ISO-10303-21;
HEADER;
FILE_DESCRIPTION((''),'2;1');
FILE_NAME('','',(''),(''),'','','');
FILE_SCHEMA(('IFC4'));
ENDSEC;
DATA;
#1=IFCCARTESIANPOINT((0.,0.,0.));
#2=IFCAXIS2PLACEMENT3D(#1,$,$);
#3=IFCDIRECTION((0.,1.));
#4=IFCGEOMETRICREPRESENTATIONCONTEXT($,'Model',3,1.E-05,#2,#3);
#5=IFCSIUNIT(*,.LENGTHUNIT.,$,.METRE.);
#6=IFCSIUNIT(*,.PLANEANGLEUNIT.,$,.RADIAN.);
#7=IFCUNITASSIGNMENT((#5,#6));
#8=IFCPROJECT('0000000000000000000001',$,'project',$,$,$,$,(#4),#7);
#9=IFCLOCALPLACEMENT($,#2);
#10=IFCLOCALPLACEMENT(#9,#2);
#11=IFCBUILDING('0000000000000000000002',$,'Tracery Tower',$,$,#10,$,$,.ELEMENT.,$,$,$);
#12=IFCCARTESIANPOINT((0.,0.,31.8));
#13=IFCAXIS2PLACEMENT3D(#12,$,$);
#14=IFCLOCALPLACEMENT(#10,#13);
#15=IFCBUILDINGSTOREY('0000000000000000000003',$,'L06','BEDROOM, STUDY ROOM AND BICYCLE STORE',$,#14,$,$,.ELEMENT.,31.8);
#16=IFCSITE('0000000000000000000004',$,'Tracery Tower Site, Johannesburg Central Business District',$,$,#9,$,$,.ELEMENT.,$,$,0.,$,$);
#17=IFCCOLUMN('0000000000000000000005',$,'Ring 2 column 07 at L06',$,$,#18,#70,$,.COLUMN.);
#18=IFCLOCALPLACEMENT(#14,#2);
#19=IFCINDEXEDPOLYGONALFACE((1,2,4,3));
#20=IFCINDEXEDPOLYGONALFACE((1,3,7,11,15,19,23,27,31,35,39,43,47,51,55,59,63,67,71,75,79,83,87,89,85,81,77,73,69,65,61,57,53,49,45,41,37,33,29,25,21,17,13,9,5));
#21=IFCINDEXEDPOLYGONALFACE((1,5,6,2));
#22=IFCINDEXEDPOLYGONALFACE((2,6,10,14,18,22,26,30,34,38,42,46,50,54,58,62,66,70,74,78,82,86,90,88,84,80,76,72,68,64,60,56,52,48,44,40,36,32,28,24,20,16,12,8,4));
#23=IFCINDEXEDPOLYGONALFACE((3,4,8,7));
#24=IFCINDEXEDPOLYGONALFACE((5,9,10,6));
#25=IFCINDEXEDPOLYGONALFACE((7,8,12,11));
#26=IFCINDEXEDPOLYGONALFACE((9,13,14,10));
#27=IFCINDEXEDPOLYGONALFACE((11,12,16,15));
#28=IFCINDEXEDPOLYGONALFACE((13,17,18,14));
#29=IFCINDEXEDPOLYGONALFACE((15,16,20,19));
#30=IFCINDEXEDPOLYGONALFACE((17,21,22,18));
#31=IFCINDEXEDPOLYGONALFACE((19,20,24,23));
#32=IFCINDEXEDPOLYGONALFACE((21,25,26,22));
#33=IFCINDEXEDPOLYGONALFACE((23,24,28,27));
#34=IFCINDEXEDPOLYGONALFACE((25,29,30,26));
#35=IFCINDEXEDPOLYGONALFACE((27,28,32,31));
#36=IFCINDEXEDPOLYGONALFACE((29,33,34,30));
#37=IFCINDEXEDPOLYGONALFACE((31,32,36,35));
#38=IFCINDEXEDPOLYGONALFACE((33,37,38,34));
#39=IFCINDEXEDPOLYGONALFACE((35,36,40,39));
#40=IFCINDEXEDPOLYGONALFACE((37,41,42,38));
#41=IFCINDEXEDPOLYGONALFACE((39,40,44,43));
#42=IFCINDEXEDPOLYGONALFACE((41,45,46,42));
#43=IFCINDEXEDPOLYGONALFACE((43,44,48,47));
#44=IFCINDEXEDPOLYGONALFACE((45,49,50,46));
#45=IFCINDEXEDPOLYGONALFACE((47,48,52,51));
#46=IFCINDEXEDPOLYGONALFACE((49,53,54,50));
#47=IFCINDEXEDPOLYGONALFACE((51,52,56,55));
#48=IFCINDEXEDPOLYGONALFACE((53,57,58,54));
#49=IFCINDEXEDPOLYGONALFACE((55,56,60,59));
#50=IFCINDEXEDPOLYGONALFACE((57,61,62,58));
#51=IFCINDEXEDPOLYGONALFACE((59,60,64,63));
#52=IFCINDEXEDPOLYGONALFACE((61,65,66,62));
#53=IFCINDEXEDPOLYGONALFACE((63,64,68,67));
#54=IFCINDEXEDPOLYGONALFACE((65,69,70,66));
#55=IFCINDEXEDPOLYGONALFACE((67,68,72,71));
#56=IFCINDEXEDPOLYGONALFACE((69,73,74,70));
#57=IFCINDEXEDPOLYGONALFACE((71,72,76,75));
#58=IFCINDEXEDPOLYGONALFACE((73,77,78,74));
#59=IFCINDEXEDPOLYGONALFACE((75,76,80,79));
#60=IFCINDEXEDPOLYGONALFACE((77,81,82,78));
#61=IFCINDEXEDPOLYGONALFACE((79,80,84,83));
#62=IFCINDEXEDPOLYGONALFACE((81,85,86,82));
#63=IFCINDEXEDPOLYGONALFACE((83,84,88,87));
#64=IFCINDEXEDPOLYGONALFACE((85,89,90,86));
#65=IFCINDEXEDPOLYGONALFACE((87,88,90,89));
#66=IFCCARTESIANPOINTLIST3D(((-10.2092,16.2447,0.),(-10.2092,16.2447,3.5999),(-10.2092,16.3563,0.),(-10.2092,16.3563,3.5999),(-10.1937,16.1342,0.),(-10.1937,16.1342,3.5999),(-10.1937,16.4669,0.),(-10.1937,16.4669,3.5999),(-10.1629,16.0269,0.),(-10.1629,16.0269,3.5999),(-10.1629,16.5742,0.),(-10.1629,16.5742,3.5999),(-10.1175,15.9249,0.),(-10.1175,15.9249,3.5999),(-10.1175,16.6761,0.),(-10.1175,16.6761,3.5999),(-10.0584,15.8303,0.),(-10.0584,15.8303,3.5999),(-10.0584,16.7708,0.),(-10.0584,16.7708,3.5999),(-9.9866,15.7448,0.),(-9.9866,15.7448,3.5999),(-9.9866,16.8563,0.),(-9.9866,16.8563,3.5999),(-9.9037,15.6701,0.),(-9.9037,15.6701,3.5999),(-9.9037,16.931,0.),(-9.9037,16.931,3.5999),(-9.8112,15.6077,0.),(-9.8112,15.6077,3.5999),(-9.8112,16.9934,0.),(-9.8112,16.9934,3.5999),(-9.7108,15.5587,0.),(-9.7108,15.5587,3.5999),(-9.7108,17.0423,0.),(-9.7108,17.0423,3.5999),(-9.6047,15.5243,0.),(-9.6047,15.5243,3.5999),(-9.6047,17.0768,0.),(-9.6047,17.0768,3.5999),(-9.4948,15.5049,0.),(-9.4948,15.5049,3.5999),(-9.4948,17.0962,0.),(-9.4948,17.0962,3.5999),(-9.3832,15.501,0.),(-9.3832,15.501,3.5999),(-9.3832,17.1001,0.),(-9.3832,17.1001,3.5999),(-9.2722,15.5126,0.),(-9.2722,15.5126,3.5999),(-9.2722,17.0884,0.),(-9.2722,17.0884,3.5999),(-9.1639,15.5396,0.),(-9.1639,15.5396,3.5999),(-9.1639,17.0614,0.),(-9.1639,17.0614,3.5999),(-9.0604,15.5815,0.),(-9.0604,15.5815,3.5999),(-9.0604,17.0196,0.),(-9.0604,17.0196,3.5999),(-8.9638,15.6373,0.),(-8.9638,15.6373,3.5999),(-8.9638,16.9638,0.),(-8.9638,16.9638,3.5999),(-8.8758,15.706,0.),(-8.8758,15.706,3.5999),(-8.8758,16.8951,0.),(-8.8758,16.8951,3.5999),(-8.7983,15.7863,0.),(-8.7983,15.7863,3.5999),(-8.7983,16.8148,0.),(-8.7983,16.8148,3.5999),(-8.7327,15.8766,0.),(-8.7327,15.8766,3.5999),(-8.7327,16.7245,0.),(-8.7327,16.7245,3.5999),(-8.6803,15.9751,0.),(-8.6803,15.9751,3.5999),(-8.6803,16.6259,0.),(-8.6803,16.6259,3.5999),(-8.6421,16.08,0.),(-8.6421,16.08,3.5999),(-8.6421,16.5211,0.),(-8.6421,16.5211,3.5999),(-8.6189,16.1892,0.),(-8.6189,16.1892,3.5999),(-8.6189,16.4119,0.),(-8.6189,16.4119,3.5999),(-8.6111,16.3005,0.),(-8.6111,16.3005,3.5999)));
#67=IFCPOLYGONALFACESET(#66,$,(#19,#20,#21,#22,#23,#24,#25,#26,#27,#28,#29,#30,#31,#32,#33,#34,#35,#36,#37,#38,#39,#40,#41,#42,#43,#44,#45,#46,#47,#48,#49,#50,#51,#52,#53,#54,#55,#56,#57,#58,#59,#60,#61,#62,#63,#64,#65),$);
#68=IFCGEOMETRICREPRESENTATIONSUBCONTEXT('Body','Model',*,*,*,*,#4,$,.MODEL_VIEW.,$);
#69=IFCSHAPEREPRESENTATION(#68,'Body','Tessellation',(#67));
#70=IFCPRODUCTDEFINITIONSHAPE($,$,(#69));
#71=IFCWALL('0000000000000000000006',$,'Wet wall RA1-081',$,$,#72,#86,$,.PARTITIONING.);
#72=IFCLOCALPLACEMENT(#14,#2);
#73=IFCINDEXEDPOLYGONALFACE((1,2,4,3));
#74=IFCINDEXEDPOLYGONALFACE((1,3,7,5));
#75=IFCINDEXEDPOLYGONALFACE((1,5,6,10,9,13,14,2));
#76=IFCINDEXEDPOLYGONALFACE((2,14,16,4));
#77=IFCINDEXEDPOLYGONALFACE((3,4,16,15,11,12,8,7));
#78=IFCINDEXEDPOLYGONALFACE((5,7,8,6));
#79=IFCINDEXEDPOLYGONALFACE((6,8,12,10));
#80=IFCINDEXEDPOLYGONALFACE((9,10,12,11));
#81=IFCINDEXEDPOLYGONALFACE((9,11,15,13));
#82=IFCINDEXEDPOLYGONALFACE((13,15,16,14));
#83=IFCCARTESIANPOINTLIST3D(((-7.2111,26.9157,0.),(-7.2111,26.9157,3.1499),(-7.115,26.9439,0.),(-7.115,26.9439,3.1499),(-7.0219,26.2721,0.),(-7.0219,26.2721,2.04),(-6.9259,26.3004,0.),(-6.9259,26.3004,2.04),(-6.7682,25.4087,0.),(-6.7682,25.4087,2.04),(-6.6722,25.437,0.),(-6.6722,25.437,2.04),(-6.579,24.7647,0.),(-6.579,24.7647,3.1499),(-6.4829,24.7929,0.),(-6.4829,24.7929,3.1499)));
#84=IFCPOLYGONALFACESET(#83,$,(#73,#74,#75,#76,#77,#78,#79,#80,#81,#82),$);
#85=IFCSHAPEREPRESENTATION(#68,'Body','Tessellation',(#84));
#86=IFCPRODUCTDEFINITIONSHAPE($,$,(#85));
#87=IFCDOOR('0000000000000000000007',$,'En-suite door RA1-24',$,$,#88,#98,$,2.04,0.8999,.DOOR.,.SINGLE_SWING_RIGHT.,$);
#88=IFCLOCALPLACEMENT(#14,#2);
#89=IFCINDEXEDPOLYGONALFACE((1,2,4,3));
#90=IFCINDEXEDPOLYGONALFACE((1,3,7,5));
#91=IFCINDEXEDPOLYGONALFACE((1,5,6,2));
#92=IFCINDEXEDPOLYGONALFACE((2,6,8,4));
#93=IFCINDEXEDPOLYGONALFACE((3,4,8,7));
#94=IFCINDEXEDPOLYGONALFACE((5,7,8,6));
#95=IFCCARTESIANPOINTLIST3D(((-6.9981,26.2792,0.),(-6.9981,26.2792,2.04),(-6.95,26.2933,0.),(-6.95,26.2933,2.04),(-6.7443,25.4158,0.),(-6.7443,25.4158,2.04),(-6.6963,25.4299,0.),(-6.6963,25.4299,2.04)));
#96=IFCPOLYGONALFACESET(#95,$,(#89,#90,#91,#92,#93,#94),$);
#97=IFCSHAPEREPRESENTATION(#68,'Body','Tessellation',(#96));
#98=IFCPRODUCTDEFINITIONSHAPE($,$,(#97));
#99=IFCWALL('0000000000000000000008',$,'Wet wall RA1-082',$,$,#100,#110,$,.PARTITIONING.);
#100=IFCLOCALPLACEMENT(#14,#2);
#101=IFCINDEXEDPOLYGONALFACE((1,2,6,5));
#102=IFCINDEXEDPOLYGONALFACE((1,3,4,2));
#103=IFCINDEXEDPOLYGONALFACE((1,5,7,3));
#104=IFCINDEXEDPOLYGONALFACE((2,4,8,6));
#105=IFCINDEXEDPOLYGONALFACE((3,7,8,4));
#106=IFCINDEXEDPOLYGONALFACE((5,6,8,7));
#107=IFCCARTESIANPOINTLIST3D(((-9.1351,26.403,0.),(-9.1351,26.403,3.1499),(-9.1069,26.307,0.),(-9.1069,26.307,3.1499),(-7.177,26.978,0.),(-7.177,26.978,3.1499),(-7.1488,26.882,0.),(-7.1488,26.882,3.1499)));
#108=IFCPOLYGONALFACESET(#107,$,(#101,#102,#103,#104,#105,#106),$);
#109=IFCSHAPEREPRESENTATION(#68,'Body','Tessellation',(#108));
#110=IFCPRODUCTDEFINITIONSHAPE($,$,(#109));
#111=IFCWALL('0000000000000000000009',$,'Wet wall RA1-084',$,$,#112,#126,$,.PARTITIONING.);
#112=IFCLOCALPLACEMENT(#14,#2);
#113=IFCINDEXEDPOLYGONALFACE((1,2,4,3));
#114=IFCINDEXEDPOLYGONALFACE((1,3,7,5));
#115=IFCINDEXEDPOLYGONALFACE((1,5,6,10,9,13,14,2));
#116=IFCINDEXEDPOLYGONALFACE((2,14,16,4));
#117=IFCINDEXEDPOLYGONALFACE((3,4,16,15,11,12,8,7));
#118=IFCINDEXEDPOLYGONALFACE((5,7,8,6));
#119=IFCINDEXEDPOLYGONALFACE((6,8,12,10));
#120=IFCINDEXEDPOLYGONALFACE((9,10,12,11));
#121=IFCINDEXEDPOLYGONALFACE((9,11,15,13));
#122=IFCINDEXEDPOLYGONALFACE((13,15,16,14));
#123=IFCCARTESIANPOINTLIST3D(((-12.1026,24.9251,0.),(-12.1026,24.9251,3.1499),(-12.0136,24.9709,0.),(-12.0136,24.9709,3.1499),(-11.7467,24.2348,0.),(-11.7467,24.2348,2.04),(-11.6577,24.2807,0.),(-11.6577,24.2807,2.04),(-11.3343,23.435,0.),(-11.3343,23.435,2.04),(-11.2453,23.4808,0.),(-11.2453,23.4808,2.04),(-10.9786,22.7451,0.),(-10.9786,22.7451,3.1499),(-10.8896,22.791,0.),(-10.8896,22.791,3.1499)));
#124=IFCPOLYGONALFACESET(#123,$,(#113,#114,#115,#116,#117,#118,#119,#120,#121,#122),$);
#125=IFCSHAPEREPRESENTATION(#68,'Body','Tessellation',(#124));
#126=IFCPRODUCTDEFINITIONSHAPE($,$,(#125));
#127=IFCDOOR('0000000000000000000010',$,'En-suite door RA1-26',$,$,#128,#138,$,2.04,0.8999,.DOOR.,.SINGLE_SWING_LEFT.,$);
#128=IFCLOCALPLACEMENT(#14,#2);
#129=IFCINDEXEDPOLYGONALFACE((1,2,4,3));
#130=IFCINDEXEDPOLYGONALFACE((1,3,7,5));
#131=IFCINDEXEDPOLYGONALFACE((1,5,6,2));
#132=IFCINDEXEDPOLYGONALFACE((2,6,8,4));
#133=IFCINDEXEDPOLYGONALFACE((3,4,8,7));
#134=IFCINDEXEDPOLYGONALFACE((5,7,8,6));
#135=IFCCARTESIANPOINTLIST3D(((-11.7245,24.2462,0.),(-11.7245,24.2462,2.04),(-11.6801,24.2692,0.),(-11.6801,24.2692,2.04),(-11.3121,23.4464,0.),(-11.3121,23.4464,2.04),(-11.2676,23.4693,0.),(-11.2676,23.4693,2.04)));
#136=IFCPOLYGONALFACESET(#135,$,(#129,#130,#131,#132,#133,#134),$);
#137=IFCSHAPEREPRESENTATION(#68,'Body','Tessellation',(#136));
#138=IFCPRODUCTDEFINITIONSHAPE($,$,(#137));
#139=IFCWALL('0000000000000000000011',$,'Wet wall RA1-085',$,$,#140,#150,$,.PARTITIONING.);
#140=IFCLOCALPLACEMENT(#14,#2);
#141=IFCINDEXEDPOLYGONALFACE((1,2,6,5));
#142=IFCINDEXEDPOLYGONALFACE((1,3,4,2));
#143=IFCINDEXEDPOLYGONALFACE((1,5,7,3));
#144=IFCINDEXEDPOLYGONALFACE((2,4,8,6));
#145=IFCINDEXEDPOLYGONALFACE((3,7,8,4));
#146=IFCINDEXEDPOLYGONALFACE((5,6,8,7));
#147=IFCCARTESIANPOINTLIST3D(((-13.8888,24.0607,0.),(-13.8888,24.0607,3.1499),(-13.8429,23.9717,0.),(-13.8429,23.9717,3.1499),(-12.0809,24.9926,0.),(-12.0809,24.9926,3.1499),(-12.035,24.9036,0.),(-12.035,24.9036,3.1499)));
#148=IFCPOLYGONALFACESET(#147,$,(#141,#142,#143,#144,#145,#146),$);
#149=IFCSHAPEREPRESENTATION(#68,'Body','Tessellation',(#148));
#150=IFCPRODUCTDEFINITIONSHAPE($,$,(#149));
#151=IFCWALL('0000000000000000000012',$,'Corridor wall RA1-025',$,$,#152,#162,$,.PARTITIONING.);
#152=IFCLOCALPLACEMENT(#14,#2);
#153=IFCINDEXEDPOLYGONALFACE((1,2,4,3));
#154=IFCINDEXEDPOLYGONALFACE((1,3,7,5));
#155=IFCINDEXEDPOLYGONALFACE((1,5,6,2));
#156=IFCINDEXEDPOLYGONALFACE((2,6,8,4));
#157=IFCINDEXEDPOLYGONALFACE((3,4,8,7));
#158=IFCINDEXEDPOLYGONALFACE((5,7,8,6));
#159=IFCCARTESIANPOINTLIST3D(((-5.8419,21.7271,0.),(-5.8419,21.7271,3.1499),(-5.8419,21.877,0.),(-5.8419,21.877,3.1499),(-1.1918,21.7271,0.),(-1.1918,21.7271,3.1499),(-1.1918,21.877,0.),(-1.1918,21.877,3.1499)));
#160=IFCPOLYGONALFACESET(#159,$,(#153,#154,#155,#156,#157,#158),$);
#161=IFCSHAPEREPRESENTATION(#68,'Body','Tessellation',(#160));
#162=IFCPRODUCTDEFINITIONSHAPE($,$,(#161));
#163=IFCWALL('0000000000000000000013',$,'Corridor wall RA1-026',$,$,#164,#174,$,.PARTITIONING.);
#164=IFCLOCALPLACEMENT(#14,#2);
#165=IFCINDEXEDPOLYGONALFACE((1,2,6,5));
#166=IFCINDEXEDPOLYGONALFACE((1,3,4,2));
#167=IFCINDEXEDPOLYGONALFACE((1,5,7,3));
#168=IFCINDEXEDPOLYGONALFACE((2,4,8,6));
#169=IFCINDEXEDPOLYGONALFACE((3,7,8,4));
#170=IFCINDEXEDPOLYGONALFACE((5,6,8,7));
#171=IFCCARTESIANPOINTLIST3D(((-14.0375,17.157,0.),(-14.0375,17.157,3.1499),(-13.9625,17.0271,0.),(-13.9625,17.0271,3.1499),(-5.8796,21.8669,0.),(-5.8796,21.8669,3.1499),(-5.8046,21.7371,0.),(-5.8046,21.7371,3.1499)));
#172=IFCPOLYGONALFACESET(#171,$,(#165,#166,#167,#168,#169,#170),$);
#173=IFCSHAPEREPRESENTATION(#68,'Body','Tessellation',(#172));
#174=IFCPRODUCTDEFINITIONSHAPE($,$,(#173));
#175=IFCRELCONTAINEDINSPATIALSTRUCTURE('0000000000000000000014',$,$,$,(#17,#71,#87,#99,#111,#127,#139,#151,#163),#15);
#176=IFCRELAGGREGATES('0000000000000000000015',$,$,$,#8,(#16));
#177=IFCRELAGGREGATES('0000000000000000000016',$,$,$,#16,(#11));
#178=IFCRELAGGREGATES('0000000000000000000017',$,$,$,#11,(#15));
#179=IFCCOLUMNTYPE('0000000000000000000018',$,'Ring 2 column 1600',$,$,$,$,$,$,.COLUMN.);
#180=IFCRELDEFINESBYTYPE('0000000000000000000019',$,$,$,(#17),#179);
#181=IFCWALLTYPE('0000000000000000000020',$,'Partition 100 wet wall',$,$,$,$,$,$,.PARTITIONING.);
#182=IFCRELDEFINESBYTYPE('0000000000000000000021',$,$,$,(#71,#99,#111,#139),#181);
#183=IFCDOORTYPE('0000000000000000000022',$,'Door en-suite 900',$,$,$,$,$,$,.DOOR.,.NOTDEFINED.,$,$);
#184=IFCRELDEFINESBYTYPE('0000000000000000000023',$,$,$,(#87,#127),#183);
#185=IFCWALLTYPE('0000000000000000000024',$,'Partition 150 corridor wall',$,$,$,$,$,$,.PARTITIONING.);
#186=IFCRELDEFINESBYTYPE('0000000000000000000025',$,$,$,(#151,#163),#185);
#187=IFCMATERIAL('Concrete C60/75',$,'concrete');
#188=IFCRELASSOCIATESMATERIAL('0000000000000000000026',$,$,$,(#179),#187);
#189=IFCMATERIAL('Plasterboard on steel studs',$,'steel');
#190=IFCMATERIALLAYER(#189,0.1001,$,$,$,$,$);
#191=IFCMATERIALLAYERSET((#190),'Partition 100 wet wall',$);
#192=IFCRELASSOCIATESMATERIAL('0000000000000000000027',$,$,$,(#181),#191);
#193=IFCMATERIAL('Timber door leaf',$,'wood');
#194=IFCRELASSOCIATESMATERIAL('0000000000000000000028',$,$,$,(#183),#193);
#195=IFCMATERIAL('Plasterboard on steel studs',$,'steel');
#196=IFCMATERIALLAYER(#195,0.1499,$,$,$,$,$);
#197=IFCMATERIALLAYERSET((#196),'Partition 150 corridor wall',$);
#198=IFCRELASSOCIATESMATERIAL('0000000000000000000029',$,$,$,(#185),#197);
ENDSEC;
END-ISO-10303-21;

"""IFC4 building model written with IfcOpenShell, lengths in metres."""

from ifc_helpers import new_model, si_unit, direction, frame, frame_2d, origin, origin_2d, place, context, subcontext, project, spatial, rectangle, circle, extrude, material, layer, layer_set, material_profile, profile_set, type_object, element, fill, save


model = new_model("IFC4")

# Units and contexts
model_context = context("Model", 3, precision=1e-05, world=origin(), true_north=direction((0.0, 1.0)))
body_context = subcontext(model_context, "Body", "Model", "MODEL_VIEW")
ifc_project = project(units=[si_unit("LENGTHUNIT", "METRE"), si_unit("PLANEANGLEUNIT", "RADIAN")], contexts=[model_context])

# Site, building, storey
site_placement = place(None, origin())
site = spatial("IfcSite", under=ifc_project, at=site_placement, Name="Tracery Tower Site, Johannesburg Central Business District", CompositionType="ELEMENT", RefElevation=0.0)
building_placement = place(site_placement, origin())
building = spatial("IfcBuilding", under=site, at=building_placement, Name="Tracery Tower", CompositionType="ELEMENT")
storey_placement = place(building_placement, frame((0.0, 0.0, 31.8)))
storey = spatial("IfcBuildingStorey", under=building, at=storey_placement, Name="L06", Description="BEDROOM, STUDY ROOM AND BICYCLE STORE", CompositionType="ELEMENT", Elevation=31.8)

# Column
ifc_material_1 = material(Name="Concrete C60/75", Category="concrete")
ifc_material_profile_1 = material_profile(ifc_material_1, circle(Radius=0.8, at=origin_2d()), Name="RC D1600")
ifc_profile_set_1 = profile_set([ifc_material_profile_1], Name="Concrete C60/75")
column_type_1 = type_object("IfcColumnType", Name="Ring 2 column 1600", PredefinedType="COLUMN", material=ifc_profile_set_1)
for number, where, z_axis, x_axis, name in (
    (1, (-9.4111, 16.3005, 0.0), (0.0, 0.0, 1.0), (1.0, 0.0, 0.0), "Ring 2 column 07 at L06"),
):
    element("IfcColumn", number, at=place(storey_placement, frame(where, z_axis=z_axis, x_axis=x_axis)), inside=storey, type_object=column_type_1, Name=name, PredefinedType="COLUMN", context=body_context, shape_type="SweptSolid", body=[
        extrude(circle(Radius=0.8, at=origin_2d()), origin(), (0.0, 0.0, 1.0), 3.5999),
    ])

# Wall, opening, door
ifc_material_2 = material(Name="Plasterboard on steel studs", Category="steel")
ifc_layer_1 = layer(ifc_material_2, 0.1001)
ifc_layer_set_1 = layer_set([ifc_layer_1], Name="Partition 100 wet wall")
wall_type_1 = type_object("IfcWallType", Name="Partition 100 wet wall", PredefinedType="PARTITIONING", material=ifc_layer_set_1)
wall_1_placement = place(storey_placement, frame((-7.1631, 26.9299, 0.0), z_axis=(0.0, 0.0, 1.0), x_axis=(0.281948, -0.95943, 0.0)))
wall_1 = element("IfcWall", 2, at=wall_1_placement, inside=storey, type_object=wall_type_1, Name="Wet wall RA1-081", PredefinedType="PARTITIONING", context=body_context, shape_type="SweptSolid", body=[
    extrude(rectangle(XDim=2.2419, YDim=0.1001, at=frame_2d((1.1211, 0.0))), origin(), (0.0, 0.0, 1.0), 3.1499),
])
opening_1_placement = place(wall_1_placement, frame((0.6709, 0.0, 0.0)))
opening_1 = element("IfcOpeningElement", 3, at=opening_1_placement, cuts=wall_1, PredefinedType="OPENING", context=body_context, shape_type="SweptSolid", body=[
    extrude(rectangle(XDim=0.8999, YDim=2.04, at=frame_2d((0.45, 1.02))), frame((0.0, 0.05, 0.0), z_axis=(0.0, -1.0, 0.0), x_axis=(1.0, 0.0, 0.0)), (0.0, 0.0, 1.0), 0.1001),
])
ifc_material_3 = material(Name="Timber door leaf", Category="wood")
door_type_1 = type_object("IfcDoorType", Name="Door en-suite 900", OperationType="NOTDEFINED", PredefinedType="DOOR", material=ifc_material_3)
door_1_placement = place(opening_1_placement, origin())
door_1 = element("IfcDoor", 4, at=door_1_placement, inside=storey, type_object=door_type_1, Name="En-suite door RA1-24", OperationType="SINGLE_SWING_RIGHT", OverallHeight=2.04, OverallWidth=0.8999, PredefinedType="DOOR", context=body_context, shape_type="SweptSolid", body=[
    extrude(rectangle(XDim=0.8999, YDim=2.04, at=frame_2d((0.45, 1.02))), frame((0.0, 0.0249, 0.0), z_axis=(0.0, -1.0, 0.0), x_axis=(1.0, 0.0, 0.0)), (0.0, 0.0, 1.0), 0.05),
])
fill(opening_1, door_1)

# Wall
wall_2_placement = place(storey_placement, frame((-9.1211, 26.355, 0.0), z_axis=(0.0, 0.0, 1.0), x_axis=(0.959489, 0.281745, 0.0)))
element("IfcWall", 5, at=wall_2_placement, inside=storey, type_object=wall_type_1, Name="Wet wall RA1-082", PredefinedType="PARTITIONING", context=body_context, shape_type="SweptSolid", body=[
    extrude(rectangle(XDim=2.0408, YDim=0.1001, at=frame_2d((1.0205, 0.0))), origin(), (0.0, 0.0, 1.0), 3.1499),
])

# Wall, opening, door
wall_3_placement = place(storey_placement, frame((-12.0581, 24.948, 0.0), z_axis=(0.0, 0.0, 1.0), x_axis=(0.458288, -0.888804, 0.0)))
wall_3 = element("IfcWall", 6, at=wall_3_placement, inside=storey, type_object=wall_type_1, Name="Wet wall RA1-084", PredefinedType="PARTITIONING", context=body_context, shape_type="SweptSolid", body=[
    extrude(rectangle(XDim=2.4526, YDim=0.1001, at=frame_2d((1.2263, 0.0))), origin(), (0.0, 0.0, 1.0), 3.1499),
])
opening_2_placement = place(wall_3_placement, frame((0.7766, 0.0, 0.0)))
opening_2 = element("IfcOpeningElement", 7, at=opening_2_placement, cuts=wall_3, PredefinedType="OPENING", context=body_context, shape_type="SweptSolid", body=[
    extrude(rectangle(XDim=0.8999, YDim=2.04, at=frame_2d((0.45, 1.02))), frame((0.0, 0.05, 0.0), z_axis=(0.0, -1.0, 0.0), x_axis=(1.0, 0.0, 0.0)), (0.0, 0.0, 1.0), 0.1001),
])
door_2_placement = place(opening_2_placement, origin())
door_2 = element("IfcDoor", 8, at=door_2_placement, inside=storey, type_object=door_type_1, Name="En-suite door RA1-26", OperationType="SINGLE_SWING_LEFT", OverallHeight=2.04, OverallWidth=0.8999, PredefinedType="DOOR", context=body_context, shape_type="SweptSolid", body=[
    extrude(rectangle(XDim=0.8999, YDim=2.04, at=frame_2d((0.45, 1.02))), frame((0.0, 0.0249, 0.0), z_axis=(0.0, -1.0, 0.0), x_axis=(1.0, 0.0, 0.0)), (0.0, 0.0, 1.0), 0.05),
])
fill(opening_2, door_2)

# Walls
wall_4_placement = place(storey_placement, frame((-13.866, 24.0161, 0.0), z_axis=(0.0, 0.0, 1.0), x_axis=(0.888862, 0.458175, 0.0)))
element("IfcWall", 9, at=wall_4_placement, inside=storey, type_object=wall_type_1, Name="Wet wall RA1-085", PredefinedType="PARTITIONING", context=body_context, shape_type="SweptSolid", body=[
    extrude(rectangle(XDim=2.0339, YDim=0.1001, at=frame_2d((1.0171, 0.0))), origin(), (0.0, 0.0, 1.0), 3.1499),
])
ifc_material_4 = material(Name="Plasterboard on steel studs", Category="steel")
ifc_layer_2 = layer(ifc_material_4, 0.1499)
ifc_layer_set_2 = layer_set([ifc_layer_2], Name="Partition 150 corridor wall")
wall_type_2 = type_object("IfcWallType", Name="Partition 150 corridor wall", PredefinedType="PARTITIONING", material=ifc_layer_set_2)
wall_5_placement = place(storey_placement, frame((-5.842, 21.802, 0.0), z_axis=(0.0, 0.0, 1.0), x_axis=(1.0, 0.0, 0.0)))
element("IfcWall", 10, at=wall_5_placement, inside=storey, type_object=wall_type_2, Name="Corridor wall RA1-025", PredefinedType="PARTITIONING", context=body_context, shape_type="SweptSolid", body=[
    extrude(rectangle(XDim=4.6501, YDim=0.1499, at=frame_2d((2.3252, 0.0))), origin(), (0.0, 0.0, 1.0), 3.1499),
])
wall_6_placement = place(storey_placement, frame((-14.0, 17.092, 0.0), z_axis=(0.0, 0.0, 1.0), x_axis=(0.866027, 0.499997, 0.0)))
element("IfcWall", 11, at=wall_6_placement, inside=storey, type_object=wall_type_2, Name="Corridor wall RA1-026", PredefinedType="PARTITIONING", context=body_context, shape_type="SweptSolid", body=[
    extrude(rectangle(XDim=9.4199, YDim=0.1499, at=frame_2d((4.71, 0.0))), origin(), (0.0, 0.0, 1.0), 3.1499),
])

save(model, "model.ifc")
